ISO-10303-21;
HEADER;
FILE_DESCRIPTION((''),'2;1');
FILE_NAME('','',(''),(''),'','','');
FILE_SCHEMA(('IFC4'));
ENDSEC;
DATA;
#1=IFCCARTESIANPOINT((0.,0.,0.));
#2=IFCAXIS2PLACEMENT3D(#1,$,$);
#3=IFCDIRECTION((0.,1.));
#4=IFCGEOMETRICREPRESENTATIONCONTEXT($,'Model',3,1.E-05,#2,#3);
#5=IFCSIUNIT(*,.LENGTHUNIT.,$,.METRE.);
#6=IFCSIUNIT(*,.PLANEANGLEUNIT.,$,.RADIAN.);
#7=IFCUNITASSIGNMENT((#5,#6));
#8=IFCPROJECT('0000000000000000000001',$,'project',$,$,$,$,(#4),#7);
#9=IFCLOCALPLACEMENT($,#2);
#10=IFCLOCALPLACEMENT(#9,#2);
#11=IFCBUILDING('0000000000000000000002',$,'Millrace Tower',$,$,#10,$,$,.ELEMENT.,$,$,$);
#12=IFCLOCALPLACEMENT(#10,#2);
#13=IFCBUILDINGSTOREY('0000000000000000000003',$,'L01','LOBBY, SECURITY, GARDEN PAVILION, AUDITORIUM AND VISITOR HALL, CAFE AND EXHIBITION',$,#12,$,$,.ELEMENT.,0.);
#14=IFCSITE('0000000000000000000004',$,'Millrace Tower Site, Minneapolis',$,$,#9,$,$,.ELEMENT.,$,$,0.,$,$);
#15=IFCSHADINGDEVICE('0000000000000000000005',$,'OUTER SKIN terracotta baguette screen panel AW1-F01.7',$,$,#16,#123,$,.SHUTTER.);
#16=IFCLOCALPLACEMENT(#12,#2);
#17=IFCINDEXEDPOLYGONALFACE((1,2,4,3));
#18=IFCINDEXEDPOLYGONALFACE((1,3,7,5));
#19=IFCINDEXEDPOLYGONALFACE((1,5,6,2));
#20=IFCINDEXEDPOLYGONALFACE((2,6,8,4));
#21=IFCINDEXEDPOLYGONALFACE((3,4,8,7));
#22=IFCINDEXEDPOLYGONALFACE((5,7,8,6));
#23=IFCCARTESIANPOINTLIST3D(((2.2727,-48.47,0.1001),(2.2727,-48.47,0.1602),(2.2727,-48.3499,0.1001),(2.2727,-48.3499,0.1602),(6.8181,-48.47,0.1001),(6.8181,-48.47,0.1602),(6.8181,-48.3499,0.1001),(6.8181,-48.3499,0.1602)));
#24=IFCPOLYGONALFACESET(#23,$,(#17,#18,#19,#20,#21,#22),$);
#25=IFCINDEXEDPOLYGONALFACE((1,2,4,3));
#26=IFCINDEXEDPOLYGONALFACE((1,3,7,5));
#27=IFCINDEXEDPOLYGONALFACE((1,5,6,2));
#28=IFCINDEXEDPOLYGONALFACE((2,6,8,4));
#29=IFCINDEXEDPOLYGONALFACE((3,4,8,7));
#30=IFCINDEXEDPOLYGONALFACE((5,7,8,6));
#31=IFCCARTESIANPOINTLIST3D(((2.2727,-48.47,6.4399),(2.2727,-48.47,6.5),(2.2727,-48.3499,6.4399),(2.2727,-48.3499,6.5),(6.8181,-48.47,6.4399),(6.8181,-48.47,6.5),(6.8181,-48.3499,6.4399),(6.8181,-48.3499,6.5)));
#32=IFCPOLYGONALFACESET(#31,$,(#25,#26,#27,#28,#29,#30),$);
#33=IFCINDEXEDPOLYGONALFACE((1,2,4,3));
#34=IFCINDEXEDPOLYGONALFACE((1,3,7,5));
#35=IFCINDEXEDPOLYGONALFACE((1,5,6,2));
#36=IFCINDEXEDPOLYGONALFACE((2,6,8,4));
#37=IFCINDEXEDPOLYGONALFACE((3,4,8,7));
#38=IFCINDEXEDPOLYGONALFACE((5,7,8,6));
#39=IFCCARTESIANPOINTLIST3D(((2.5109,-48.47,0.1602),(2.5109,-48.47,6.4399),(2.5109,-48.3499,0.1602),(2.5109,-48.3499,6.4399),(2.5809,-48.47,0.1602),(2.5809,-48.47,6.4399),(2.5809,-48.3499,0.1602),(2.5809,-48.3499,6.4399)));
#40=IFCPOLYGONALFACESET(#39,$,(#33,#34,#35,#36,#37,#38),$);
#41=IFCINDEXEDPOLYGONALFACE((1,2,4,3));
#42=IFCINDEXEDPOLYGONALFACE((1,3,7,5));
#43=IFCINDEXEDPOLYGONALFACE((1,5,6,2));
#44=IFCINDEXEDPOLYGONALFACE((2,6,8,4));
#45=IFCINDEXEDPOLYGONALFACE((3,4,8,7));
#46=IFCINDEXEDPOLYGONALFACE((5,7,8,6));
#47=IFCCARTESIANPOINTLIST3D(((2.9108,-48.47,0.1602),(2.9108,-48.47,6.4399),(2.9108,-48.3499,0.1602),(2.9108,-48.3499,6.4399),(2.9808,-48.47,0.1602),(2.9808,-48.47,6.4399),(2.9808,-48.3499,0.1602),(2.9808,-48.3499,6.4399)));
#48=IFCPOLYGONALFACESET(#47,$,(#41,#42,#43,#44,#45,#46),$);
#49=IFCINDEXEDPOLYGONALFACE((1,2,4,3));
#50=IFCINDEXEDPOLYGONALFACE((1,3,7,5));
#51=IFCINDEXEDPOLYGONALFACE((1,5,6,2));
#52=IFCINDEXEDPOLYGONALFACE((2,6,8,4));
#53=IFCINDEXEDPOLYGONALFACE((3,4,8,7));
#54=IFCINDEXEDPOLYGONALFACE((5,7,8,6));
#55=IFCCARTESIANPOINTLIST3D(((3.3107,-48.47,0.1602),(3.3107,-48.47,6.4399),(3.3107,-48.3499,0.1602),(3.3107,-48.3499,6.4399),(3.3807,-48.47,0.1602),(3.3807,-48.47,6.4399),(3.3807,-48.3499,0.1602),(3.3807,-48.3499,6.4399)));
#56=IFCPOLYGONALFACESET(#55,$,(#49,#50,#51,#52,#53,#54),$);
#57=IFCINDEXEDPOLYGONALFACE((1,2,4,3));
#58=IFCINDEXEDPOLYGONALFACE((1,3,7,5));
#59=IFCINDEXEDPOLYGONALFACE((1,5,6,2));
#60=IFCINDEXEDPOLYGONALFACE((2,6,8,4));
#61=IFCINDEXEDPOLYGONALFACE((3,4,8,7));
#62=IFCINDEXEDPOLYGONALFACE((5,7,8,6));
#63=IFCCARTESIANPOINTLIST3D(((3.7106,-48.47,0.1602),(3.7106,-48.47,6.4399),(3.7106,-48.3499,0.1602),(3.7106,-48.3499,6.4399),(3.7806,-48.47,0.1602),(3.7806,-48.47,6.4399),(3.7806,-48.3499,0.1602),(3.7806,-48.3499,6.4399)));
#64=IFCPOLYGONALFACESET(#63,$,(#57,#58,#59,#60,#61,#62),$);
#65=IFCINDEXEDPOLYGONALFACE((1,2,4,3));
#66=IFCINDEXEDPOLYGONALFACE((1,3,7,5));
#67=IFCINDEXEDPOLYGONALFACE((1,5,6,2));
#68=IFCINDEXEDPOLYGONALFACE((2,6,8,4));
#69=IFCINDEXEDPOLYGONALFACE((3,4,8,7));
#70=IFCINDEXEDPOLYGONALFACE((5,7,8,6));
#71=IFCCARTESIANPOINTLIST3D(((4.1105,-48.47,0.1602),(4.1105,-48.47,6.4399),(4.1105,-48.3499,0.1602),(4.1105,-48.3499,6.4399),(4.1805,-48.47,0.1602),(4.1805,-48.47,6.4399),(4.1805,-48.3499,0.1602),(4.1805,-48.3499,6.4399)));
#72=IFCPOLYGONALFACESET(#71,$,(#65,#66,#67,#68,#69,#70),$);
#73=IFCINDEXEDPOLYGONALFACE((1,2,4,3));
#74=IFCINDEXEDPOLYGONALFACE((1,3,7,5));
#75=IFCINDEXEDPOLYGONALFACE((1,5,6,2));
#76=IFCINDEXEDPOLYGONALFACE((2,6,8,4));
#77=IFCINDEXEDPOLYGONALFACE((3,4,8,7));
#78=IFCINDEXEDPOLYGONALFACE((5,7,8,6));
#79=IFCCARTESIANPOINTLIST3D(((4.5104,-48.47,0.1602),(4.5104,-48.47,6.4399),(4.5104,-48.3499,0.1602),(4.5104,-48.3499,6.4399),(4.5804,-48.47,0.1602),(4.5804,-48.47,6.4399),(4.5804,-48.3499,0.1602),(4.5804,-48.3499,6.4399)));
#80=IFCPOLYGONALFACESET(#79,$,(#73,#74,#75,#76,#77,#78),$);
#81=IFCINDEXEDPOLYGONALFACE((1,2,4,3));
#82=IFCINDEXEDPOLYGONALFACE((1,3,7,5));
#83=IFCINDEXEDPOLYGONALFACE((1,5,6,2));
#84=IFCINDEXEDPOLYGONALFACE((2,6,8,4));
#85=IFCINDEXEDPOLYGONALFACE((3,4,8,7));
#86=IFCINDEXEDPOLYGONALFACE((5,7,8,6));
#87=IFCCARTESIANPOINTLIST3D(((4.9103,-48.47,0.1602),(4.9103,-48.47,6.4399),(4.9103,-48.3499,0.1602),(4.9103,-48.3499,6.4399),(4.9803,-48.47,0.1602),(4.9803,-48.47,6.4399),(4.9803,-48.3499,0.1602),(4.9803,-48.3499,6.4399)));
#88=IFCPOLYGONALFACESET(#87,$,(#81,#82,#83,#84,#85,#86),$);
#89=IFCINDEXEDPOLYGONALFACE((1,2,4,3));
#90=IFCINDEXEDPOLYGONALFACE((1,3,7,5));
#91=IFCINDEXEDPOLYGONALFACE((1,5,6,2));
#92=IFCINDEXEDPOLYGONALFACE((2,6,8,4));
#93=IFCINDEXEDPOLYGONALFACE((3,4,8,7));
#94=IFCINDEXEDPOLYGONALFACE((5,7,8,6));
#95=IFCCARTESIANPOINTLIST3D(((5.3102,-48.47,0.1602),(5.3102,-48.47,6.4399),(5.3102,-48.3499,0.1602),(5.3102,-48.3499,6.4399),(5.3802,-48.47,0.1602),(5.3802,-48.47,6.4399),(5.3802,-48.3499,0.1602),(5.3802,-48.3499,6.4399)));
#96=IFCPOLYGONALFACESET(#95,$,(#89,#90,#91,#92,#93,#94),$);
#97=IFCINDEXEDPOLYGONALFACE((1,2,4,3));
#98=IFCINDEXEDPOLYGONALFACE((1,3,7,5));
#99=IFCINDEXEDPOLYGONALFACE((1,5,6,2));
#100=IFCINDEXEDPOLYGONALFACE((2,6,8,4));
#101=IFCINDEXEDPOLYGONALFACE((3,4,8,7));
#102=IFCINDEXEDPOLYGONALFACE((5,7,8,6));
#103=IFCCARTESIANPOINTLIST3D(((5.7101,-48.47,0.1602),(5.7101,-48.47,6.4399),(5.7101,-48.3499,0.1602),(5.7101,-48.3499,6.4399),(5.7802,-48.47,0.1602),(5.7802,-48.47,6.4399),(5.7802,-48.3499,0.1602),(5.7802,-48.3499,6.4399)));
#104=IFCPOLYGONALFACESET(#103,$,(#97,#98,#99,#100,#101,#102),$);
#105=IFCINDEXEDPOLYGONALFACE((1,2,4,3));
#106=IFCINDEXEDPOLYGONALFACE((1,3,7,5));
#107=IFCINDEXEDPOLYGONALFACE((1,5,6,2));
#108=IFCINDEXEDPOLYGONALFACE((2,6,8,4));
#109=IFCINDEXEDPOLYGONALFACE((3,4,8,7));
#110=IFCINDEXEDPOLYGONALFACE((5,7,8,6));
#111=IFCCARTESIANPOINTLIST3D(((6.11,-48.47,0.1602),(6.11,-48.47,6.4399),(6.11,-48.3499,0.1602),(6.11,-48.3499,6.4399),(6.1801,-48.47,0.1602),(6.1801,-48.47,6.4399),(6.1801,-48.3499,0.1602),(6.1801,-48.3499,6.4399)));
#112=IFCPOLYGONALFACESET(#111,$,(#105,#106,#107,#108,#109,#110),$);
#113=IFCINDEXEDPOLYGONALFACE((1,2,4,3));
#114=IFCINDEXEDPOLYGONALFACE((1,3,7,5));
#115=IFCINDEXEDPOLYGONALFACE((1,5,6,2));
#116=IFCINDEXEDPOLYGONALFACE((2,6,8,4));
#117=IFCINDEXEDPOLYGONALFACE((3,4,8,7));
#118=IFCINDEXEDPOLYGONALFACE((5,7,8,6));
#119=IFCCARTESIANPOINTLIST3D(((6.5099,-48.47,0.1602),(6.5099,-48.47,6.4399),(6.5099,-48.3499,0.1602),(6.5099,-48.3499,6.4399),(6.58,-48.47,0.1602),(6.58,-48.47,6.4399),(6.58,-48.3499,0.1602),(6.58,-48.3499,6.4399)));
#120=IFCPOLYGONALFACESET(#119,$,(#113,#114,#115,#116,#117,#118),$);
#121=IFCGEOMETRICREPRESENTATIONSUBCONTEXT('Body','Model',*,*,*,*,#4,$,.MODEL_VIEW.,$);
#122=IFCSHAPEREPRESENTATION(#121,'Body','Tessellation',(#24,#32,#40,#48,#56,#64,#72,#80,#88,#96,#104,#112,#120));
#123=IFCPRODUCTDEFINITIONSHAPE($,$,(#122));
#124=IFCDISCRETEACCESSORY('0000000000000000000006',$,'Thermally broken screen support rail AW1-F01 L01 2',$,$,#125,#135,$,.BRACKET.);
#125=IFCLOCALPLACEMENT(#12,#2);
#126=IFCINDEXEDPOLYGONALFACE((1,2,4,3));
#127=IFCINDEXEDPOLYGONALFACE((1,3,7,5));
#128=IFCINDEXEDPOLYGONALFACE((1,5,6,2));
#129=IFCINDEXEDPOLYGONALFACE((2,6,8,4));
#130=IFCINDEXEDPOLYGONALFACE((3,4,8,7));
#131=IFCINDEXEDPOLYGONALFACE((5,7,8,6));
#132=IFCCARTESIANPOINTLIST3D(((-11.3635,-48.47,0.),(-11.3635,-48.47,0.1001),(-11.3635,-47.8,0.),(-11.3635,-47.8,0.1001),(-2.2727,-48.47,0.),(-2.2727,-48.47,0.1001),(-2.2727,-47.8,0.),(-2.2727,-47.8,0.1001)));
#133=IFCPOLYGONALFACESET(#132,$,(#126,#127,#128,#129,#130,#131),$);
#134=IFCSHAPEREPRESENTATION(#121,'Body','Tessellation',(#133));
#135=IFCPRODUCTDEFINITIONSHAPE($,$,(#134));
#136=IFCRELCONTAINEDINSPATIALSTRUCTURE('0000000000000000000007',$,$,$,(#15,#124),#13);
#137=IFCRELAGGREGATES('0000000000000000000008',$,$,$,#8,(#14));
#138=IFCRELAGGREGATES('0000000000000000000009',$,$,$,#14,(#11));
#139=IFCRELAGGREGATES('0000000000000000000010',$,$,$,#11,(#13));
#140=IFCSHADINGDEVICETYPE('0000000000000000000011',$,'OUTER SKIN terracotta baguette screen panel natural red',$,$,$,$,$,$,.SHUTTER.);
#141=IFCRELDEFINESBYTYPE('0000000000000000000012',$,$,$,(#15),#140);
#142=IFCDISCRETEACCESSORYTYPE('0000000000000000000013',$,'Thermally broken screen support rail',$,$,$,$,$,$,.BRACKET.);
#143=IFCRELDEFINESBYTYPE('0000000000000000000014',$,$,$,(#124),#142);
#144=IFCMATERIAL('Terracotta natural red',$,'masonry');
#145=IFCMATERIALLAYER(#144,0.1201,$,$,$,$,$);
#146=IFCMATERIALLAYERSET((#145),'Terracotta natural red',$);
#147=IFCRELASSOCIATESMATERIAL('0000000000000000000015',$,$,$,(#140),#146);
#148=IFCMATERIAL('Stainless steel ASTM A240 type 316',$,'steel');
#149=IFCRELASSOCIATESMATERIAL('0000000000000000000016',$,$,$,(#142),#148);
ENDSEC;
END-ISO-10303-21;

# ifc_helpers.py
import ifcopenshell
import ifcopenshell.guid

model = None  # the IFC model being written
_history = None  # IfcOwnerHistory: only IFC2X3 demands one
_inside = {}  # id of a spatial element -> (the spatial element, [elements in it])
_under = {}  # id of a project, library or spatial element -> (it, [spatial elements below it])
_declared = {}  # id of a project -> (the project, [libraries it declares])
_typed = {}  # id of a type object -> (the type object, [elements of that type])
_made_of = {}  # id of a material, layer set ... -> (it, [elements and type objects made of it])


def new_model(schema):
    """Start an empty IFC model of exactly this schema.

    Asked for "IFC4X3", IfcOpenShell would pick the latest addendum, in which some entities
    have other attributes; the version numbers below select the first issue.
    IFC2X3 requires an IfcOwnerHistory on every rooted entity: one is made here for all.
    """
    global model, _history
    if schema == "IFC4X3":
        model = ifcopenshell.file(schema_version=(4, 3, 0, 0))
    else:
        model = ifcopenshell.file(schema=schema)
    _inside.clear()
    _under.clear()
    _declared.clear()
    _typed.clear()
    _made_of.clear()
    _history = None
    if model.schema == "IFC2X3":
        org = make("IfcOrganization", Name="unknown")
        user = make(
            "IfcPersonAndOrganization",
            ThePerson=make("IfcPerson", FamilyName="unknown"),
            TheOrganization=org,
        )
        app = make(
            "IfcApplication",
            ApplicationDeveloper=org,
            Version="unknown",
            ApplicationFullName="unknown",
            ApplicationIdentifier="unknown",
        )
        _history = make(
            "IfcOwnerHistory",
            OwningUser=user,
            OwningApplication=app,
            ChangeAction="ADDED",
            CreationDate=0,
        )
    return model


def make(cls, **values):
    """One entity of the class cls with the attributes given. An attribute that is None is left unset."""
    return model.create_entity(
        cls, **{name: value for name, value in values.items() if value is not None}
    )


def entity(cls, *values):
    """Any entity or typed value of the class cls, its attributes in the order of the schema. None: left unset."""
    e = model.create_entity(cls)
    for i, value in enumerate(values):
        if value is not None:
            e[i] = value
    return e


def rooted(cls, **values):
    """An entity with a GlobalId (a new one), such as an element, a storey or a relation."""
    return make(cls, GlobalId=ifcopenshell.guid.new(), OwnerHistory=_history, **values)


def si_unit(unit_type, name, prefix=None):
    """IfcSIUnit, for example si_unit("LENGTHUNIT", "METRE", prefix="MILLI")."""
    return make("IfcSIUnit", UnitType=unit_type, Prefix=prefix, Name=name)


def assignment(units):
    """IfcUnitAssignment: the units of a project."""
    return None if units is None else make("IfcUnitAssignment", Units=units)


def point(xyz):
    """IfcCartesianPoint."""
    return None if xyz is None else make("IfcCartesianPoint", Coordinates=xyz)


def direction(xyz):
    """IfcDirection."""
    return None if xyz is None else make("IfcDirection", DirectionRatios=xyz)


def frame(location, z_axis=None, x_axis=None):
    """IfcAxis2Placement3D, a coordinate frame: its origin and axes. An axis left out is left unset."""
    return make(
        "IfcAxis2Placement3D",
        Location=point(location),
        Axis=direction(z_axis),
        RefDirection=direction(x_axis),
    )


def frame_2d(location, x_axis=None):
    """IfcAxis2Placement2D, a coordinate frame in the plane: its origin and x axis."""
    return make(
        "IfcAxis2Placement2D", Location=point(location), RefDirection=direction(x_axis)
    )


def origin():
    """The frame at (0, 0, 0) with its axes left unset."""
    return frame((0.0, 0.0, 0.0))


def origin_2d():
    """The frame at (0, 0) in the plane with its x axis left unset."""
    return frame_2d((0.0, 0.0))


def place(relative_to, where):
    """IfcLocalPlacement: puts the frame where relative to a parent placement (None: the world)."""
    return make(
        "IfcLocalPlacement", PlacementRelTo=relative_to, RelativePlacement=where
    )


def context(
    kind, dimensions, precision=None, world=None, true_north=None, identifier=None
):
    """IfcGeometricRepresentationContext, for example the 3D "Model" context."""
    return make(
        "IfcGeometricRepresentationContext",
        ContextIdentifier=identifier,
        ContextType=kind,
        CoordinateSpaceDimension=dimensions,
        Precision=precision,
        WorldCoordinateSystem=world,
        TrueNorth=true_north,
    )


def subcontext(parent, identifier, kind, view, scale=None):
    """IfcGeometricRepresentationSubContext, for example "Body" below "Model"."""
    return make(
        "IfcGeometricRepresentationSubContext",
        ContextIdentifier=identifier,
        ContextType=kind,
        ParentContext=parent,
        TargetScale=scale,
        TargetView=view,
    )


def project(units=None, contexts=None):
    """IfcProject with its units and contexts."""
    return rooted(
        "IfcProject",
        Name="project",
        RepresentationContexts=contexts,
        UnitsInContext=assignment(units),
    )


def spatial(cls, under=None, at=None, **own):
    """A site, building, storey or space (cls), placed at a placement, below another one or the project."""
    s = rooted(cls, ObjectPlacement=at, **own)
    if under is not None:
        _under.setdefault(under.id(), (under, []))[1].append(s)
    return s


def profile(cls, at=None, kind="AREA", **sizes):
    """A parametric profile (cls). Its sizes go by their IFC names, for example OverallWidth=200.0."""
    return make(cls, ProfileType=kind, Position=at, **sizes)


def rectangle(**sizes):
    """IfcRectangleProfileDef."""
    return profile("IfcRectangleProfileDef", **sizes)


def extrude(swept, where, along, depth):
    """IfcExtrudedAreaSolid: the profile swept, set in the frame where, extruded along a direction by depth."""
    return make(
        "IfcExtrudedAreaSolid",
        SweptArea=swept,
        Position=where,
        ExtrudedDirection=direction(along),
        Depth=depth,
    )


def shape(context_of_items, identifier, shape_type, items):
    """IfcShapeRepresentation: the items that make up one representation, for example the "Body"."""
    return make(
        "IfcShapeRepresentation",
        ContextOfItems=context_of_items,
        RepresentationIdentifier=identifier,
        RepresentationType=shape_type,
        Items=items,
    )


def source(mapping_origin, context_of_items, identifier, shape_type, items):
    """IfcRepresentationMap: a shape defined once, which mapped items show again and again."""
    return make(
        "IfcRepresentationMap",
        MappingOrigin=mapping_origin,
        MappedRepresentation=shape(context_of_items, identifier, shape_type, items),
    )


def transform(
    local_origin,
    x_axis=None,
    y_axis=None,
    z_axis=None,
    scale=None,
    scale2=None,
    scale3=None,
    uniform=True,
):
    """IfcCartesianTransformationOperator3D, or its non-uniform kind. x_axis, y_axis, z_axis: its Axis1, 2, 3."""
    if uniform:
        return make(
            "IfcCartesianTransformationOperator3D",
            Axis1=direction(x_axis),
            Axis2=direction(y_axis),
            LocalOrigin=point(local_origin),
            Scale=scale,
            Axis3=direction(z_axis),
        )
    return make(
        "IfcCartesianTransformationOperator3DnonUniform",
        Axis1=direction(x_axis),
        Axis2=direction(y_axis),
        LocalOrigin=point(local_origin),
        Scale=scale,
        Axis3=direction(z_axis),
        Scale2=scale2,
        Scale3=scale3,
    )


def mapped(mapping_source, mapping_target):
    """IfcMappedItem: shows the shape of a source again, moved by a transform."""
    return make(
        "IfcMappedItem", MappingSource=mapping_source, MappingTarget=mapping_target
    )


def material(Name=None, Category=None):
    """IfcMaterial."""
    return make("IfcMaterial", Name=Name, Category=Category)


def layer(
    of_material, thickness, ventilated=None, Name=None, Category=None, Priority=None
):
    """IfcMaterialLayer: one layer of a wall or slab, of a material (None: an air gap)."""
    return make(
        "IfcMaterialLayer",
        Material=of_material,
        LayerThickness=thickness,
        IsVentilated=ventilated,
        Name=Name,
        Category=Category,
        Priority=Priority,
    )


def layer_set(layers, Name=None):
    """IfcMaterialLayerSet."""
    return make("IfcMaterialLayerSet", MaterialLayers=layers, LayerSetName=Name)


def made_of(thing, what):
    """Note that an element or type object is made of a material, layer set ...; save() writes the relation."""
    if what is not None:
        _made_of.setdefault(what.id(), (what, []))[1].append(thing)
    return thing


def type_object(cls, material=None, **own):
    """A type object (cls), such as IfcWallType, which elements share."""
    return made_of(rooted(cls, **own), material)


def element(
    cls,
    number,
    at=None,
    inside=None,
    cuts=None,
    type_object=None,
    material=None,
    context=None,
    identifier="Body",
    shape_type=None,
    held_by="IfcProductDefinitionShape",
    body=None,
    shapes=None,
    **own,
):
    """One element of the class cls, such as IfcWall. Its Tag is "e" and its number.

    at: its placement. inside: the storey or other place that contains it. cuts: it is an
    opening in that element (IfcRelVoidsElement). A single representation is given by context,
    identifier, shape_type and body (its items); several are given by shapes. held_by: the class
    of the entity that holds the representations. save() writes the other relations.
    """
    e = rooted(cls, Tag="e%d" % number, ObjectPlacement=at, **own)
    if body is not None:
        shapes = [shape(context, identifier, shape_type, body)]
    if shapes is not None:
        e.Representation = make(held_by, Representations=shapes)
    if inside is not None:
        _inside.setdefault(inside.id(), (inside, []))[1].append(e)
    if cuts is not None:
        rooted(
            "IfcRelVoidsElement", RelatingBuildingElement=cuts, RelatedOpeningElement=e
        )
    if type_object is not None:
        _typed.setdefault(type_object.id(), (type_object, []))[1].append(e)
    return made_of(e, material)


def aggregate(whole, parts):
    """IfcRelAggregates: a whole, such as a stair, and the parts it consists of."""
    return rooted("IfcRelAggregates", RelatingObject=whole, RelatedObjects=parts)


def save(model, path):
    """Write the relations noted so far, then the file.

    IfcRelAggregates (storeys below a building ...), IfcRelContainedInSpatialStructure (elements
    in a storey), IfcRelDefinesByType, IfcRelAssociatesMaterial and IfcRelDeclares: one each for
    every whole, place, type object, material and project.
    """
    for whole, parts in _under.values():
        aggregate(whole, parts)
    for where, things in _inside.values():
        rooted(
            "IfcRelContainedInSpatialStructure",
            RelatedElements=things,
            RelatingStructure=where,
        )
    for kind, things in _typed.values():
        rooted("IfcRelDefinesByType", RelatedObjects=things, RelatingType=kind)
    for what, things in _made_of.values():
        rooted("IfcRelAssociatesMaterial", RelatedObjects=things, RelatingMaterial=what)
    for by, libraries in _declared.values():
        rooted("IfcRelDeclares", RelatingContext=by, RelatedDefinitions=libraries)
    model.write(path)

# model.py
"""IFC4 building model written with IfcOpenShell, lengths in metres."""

from ifc_helpers import new_model, entity, si_unit, direction, frame, frame_2d, origin, origin_2d, place, context, subcontext, project, spatial, rectangle, extrude, source, transform, mapped, material, layer, layer_set, type_object, element, save


model = new_model("IFC4")

# Units and contexts
model_context = context("Model", 3, precision=1e-05, world=origin(), true_north=direction((0.0, 1.0)))
body_context = subcontext(model_context, "Body", "Model", "MODEL_VIEW")
ifc_project = project(units=[si_unit("LENGTHUNIT", "METRE"), si_unit("PLANEANGLEUNIT", "RADIAN")], contexts=[model_context])

# Site, building, storey
site_placement = place(None, origin())
site = spatial("IfcSite", under=ifc_project, at=site_placement, Name="Millrace Tower Site, Minneapolis", CompositionType="ELEMENT", RefElevation=0.0)
building_placement = place(site_placement, origin())
building = spatial("IfcBuilding", under=site, at=building_placement, Name="Millrace Tower", CompositionType="ELEMENT")
storey_placement = place(building_placement, origin())
storey = spatial("IfcBuildingStorey", under=building, at=storey_placement, Name="L01", Description="LOBBY, SECURITY, GARDEN PAVILION, AUDITORIUM AND VISITOR HALL, CAFE AND EXHIBITION", CompositionType="ELEMENT", Elevation=0.0)

# Shading device
ifc_material_1 = material(Name="Terracotta natural red", Category="masonry")
ifc_layer_1 = layer(ifc_material_1, 0.1201)
ifc_layer_set_1 = layer_set([ifc_layer_1], Name="Terracotta natural red")
shading_device_type = type_object("IfcShadingDeviceType", Name="OUTER SKIN terracotta baguette screen panel natural red", PredefinedType="SHUTTER", material=ifc_layer_set_1)
cartesian_point = entity("IfcCartesianPoint", [-2.2727, 0.0601])
shared_polyline = entity("IfcPolyline", [cartesian_point, entity("IfcCartesianPoint", [2.2727, 0.0601]), entity("IfcCartesianPoint", [2.2727, -0.0601]), entity("IfcCartesianPoint", [-2.2727, -0.0601]), cartesian_point])
shared_shape = source(origin(), body_context, "Body", "SweptSolid", [
    entity("IfcExtrudedAreaSolid", entity("IfcArbitraryClosedProfileDef", "AREA", None, shared_polyline), entity("IfcAxis2Placement3D", entity("IfcCartesianPoint", [0.0, 0.0, 0.0])), entity("IfcDirection", [0.0, 0.0, 1.0]), 0.0601),
    entity("IfcExtrudedAreaSolid", entity("IfcArbitraryClosedProfileDef", "AREA", None, shared_polyline), entity("IfcAxis2Placement3D", entity("IfcCartesianPoint", [0.0, 0.0, 6.3398])), entity("IfcDirection", [0.0, 0.0, 1.0]), 0.0601),
    extrude(rectangle(XDim=0.0701, YDim=0.1201, at=frame_2d((-1.9995, 0.0))), frame((0.0, 0.0, 0.0601)), (0.0, 0.0, 1.0), 6.2798),
    extrude(rectangle(XDim=0.0701, YDim=0.1201, at=frame_2d((-1.5996, 0.0))), frame((0.0, 0.0, 0.0601)), (0.0, 0.0, 1.0), 6.2798),
    extrude(rectangle(XDim=0.0701, YDim=0.1201, at=frame_2d((-1.1997, 0.0))), frame((0.0, 0.0, 0.0601)), (0.0, 0.0, 1.0), 6.2798),
    extrude(rectangle(XDim=0.0701, YDim=0.1201, at=frame_2d((-0.7998, 0.0))), frame((0.0, 0.0, 0.0601)), (0.0, 0.0, 1.0), 6.2798),
    extrude(rectangle(XDim=0.0701, YDim=0.1201, at=frame_2d((-0.3999, 0.0))), frame((0.0, 0.0, 0.0601)), (0.0, 0.0, 1.0), 6.2798),
    extrude(rectangle(XDim=0.0701, YDim=0.1201, at=origin_2d()), frame((0.0, 0.0, 0.0601)), (0.0, 0.0, 1.0), 6.2798),
    extrude(rectangle(XDim=0.0701, YDim=0.1201, at=frame_2d((0.3999, 0.0))), frame((0.0, 0.0, 0.0601)), (0.0, 0.0, 1.0), 6.2798),
    extrude(rectangle(XDim=0.0701, YDim=0.1201, at=frame_2d((0.7998, 0.0))), frame((0.0, 0.0, 0.0601)), (0.0, 0.0, 1.0), 6.2798),
    extrude(rectangle(XDim=0.0701, YDim=0.1201, at=frame_2d((1.1997, 0.0))), frame((0.0, 0.0, 0.0601)), (0.0, 0.0, 1.0), 6.2798),
    extrude(rectangle(XDim=0.0701, YDim=0.1201, at=frame_2d((1.5996, 0.0))), frame((0.0, 0.0, 0.0601)), (0.0, 0.0, 1.0), 6.2798),
    extrude(rectangle(XDim=0.0701, YDim=0.1201, at=frame_2d((1.9995, 0.0))), frame((0.0, 0.0, 0.0601)), (0.0, 0.0, 1.0), 6.2798),
])
for number, where, z_axis, x_axis, name in (
    (1, (4.5454, -48.4099, 0.1001), (0.0, 0.0, 1.0), (1.0, 0.0, 0.0), "OUTER SKIN terracotta baguette screen panel AW1-F01.7"),
):
    element("IfcShadingDevice", number, at=place(storey_placement, frame(where, z_axis=z_axis, x_axis=x_axis)), inside=storey, type_object=shading_device_type, Name=name, PredefinedType="SHUTTER", context=body_context, shape_type="MappedRepresentation", body=[
        mapped(shared_shape, transform((0.0, 0.0, 0.0), scale=1.0)),
    ])

# Discrete accessory
ifc_material_2 = material(Name="Stainless steel ASTM A240 type 316", Category="steel")
discrete_accessory_type = type_object("IfcDiscreteAccessoryType", Name="Thermally broken screen support rail", PredefinedType="BRACKET", material=ifc_material_2)
discrete_accessory_placement = place(storey_placement, frame((-6.8181, -48.135, 0.0), z_axis=(0.0, 0.0, 1.0), x_axis=(1.0, 0.0, 0.0)))
element("IfcDiscreteAccessory", 2, at=discrete_accessory_placement, inside=storey, type_object=discrete_accessory_type, Name="Thermally broken screen support rail AW1-F01 L01 2", PredefinedType="BRACKET", context=body_context, shape_type="SweptSolid", body=[
    extrude(rectangle(XDim=9.0908, YDim=0.6699, at=origin_2d()), origin(), (0.0, 0.0, 1.0), 0.1001),
])

save(model, "model.ifc")
